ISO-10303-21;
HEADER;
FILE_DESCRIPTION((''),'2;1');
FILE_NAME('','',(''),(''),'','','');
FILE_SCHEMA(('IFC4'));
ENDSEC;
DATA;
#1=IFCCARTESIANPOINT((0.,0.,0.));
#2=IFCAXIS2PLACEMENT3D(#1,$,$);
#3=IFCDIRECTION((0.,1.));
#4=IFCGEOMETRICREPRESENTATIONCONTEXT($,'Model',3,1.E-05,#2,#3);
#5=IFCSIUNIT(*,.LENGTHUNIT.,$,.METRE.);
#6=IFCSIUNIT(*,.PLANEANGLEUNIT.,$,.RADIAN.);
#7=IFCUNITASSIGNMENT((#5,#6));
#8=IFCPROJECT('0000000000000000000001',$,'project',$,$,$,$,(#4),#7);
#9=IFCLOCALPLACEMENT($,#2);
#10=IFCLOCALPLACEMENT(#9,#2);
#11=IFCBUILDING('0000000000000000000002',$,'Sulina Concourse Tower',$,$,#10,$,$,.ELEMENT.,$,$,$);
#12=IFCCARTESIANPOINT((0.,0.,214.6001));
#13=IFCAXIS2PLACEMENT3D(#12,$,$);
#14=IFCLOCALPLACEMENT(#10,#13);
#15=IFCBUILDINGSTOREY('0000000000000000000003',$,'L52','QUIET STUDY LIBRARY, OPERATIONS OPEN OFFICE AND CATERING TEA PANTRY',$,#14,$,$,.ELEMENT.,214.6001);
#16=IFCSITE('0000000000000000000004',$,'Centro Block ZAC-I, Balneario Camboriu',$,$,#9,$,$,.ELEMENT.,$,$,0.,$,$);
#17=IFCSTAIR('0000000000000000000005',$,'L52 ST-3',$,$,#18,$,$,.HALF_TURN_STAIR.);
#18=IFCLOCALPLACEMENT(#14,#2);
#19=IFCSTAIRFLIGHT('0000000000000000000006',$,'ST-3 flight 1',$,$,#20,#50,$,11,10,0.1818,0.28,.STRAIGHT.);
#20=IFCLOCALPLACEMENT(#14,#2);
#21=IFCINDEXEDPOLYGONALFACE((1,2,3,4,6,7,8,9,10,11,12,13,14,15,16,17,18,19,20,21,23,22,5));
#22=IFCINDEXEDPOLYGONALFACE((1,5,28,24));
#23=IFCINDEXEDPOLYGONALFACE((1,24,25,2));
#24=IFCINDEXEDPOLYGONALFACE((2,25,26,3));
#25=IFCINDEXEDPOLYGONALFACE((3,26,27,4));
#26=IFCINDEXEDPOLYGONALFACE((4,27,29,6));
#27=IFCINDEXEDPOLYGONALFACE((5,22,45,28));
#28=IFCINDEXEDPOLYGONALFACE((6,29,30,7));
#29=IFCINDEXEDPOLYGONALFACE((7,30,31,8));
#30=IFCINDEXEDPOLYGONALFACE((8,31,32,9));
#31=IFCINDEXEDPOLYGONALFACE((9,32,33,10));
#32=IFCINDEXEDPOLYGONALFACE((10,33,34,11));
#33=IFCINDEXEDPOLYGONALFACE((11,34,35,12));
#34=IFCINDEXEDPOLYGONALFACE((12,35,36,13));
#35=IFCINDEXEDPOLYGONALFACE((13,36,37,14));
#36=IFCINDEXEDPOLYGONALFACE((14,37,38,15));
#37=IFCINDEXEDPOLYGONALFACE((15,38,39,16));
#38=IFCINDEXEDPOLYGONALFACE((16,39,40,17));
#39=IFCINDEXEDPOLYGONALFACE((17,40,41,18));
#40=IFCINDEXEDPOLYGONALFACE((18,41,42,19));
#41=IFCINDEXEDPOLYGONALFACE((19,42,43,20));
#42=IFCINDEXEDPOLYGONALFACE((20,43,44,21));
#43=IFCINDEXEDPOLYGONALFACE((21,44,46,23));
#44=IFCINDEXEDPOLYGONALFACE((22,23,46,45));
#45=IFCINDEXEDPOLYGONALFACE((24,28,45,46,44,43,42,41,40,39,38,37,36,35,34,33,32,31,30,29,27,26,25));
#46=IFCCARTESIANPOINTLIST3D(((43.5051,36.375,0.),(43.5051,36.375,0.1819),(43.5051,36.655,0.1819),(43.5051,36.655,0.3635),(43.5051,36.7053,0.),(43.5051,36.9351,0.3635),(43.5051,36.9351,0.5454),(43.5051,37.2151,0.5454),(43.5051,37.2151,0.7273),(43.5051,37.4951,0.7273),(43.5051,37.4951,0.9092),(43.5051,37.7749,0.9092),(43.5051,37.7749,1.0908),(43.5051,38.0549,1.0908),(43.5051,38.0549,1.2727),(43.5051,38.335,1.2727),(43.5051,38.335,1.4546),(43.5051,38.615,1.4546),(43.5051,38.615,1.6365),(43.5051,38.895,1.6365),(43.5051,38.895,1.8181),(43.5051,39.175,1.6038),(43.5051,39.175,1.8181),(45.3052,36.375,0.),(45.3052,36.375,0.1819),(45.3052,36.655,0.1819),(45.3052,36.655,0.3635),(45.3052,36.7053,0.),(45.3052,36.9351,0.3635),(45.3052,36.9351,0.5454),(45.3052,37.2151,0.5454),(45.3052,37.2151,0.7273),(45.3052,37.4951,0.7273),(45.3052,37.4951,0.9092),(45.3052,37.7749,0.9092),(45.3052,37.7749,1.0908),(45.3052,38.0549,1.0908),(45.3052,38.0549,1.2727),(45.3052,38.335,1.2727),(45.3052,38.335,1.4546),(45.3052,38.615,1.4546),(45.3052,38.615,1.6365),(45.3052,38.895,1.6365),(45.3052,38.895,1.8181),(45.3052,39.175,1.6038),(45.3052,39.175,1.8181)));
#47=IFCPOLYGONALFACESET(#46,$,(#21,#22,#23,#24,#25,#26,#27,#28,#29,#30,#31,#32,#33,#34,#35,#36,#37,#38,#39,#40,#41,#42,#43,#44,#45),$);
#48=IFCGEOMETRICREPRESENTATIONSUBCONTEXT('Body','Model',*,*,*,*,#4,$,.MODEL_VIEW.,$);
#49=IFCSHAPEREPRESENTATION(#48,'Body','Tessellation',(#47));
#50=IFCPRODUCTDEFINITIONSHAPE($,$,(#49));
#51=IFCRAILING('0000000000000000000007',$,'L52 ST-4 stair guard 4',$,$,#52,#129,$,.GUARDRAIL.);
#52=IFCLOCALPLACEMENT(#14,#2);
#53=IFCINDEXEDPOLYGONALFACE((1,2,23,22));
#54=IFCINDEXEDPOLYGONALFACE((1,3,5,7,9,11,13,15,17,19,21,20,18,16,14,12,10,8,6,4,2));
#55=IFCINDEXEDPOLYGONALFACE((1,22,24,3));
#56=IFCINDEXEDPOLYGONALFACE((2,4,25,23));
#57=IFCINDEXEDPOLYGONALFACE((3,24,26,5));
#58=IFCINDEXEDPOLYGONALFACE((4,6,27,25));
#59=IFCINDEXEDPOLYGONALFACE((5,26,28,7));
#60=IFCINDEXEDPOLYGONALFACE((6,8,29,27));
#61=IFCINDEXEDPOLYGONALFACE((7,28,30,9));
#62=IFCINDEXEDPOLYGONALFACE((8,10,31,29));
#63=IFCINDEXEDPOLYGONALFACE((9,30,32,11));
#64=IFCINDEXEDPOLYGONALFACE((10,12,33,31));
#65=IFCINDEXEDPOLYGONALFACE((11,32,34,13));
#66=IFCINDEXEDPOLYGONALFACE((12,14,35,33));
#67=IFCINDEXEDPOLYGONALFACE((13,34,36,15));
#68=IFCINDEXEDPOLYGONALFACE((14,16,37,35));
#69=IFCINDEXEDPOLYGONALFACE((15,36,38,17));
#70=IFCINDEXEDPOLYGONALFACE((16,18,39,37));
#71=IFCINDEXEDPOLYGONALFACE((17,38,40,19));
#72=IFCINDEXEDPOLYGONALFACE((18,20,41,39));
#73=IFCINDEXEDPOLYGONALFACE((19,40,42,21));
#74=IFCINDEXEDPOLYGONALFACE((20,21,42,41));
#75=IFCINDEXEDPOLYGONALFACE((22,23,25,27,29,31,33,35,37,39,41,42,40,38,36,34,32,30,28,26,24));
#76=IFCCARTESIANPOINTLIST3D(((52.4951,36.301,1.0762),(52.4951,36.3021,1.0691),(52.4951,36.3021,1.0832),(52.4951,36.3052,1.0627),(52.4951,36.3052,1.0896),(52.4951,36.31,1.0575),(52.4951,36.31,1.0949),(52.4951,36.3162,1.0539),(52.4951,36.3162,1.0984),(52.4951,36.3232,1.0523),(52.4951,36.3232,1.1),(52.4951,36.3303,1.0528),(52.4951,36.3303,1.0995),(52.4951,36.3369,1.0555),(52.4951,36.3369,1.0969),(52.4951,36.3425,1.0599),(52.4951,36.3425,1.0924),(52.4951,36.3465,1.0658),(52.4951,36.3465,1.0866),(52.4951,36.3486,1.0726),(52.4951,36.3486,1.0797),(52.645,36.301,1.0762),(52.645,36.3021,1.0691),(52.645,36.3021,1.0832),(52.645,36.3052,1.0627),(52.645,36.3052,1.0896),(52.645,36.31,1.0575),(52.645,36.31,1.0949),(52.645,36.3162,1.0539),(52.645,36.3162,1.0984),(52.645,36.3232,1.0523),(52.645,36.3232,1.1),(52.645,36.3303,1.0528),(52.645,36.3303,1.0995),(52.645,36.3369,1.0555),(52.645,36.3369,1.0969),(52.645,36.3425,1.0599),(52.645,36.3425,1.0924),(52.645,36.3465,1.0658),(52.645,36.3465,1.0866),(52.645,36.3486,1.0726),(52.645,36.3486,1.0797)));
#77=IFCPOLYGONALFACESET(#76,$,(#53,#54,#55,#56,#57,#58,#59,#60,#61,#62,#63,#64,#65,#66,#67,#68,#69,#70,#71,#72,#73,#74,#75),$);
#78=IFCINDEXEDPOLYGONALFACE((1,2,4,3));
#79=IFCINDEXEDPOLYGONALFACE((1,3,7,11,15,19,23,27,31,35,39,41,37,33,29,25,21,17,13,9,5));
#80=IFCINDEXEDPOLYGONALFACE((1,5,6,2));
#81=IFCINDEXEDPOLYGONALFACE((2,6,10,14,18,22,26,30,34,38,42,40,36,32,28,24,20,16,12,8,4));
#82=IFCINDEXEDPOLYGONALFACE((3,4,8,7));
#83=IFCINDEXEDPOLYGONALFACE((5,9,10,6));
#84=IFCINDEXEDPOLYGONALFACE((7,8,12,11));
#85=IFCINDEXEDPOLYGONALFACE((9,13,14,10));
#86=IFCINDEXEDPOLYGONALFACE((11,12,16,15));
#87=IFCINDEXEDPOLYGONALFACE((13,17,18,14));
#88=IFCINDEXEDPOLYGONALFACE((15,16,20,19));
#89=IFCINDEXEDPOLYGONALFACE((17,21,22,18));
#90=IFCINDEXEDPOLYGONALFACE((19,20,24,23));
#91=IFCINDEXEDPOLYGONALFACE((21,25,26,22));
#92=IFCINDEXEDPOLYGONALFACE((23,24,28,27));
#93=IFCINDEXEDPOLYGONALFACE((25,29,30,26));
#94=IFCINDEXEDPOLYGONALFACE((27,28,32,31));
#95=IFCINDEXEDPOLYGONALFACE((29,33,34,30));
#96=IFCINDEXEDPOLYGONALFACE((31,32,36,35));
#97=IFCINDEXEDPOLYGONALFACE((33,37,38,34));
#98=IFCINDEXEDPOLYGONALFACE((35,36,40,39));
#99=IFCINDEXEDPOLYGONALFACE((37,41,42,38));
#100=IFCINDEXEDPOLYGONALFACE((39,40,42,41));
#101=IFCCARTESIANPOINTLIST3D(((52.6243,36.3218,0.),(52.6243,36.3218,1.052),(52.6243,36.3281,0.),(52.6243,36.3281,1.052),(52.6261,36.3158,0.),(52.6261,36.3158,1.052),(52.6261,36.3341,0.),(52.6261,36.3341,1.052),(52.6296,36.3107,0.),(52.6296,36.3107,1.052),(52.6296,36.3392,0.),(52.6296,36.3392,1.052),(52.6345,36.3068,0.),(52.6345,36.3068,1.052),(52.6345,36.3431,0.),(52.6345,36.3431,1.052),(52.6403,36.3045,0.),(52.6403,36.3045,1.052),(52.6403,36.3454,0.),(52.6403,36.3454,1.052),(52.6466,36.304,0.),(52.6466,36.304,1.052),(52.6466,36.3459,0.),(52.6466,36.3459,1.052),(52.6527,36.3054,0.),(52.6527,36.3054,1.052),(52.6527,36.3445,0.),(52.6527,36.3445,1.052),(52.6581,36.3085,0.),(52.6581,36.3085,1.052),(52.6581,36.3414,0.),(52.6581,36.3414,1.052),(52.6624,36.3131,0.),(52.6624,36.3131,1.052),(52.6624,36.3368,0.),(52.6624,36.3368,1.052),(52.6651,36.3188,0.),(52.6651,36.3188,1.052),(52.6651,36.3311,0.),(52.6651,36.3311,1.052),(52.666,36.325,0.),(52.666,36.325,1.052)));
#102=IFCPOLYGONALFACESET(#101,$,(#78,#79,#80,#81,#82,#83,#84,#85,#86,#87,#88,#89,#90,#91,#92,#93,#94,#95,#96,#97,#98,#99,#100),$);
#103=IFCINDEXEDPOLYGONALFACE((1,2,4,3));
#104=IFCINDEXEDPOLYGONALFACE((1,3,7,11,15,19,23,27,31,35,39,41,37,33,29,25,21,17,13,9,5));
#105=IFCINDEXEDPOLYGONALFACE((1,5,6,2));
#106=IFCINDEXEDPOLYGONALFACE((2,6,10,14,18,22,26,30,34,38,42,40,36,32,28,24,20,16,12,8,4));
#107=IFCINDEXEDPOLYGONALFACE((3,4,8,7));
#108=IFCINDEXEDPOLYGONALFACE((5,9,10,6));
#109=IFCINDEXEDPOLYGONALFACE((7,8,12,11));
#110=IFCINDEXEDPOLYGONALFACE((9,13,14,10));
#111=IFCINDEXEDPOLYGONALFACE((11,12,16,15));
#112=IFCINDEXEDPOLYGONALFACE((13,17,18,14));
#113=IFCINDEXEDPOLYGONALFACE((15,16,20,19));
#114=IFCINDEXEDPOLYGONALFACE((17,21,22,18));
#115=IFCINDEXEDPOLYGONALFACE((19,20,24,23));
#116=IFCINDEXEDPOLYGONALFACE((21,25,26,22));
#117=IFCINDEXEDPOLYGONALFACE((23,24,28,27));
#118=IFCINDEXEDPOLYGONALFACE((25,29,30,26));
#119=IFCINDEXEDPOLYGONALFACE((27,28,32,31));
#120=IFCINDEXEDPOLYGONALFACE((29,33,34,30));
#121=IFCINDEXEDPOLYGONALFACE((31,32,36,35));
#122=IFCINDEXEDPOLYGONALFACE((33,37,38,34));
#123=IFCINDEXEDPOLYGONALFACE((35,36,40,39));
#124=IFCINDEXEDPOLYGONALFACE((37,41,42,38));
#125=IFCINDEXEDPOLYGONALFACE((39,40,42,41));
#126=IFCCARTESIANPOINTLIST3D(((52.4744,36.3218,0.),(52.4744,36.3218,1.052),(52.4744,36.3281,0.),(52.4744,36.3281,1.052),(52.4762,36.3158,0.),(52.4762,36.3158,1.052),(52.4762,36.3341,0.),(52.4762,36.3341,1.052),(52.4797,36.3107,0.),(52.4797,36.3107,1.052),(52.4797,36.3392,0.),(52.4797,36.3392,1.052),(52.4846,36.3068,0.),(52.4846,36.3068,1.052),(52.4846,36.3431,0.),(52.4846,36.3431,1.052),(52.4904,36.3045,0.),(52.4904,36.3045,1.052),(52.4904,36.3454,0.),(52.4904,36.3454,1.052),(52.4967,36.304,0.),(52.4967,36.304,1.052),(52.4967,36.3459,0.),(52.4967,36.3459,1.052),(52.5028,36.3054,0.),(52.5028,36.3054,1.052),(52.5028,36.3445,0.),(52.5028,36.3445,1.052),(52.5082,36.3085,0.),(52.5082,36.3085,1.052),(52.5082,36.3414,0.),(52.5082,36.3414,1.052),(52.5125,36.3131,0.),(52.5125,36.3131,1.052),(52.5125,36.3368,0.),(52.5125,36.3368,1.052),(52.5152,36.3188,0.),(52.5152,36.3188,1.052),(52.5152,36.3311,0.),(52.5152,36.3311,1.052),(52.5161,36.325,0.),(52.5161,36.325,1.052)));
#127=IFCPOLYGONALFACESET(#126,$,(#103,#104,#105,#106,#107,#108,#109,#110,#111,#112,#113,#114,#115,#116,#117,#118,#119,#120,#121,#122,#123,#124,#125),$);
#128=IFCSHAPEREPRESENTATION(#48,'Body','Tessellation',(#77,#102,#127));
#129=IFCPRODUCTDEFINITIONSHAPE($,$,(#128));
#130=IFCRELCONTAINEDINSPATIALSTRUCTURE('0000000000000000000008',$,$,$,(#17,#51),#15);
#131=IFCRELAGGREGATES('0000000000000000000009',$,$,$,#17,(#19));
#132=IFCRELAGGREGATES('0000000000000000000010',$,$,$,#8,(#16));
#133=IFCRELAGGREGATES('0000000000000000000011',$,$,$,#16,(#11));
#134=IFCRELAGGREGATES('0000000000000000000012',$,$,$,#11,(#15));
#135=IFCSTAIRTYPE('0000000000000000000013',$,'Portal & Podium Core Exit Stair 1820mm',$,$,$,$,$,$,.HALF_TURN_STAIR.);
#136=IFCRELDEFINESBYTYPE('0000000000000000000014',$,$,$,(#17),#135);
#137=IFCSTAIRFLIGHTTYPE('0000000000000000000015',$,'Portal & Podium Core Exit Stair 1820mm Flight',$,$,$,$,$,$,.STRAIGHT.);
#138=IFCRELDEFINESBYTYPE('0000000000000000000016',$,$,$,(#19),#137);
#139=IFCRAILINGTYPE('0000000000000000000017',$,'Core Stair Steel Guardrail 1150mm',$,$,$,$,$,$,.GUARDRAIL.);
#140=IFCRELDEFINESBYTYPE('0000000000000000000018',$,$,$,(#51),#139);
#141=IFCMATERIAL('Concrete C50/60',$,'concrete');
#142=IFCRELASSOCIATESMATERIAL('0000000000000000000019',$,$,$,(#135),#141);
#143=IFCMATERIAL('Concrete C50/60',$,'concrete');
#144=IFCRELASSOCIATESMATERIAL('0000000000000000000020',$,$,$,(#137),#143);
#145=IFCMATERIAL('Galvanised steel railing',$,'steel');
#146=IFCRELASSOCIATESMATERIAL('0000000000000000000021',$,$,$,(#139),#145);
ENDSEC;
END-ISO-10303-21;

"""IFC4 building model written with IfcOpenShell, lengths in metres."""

from ifc_helpers import new_model, si_unit, direction, frame, origin, origin_2d, place, context, subcontext, project, spatial, polyline, circle, outline, extrude, material, type_object, element, aggregate, save


model = new_model("IFC4")

# Units and contexts
model_context = context("Model", 3, precision=1e-05, world=origin(), true_north=direction((0.0, 1.0)))
body_context = subcontext(model_context, "Body", "Model", "MODEL_VIEW")
ifc_project = project(units=[si_unit("LENGTHUNIT", "METRE"), si_unit("PLANEANGLEUNIT", "RADIAN")], contexts=[model_context])

# Site, building, storey
site_placement = place(None, origin())
site = spatial("IfcSite", under=ifc_project, at=site_placement, Name="Centro Block ZAC-I, Balneario Camboriu", CompositionType="ELEMENT", RefElevation=0.0)
building_placement = place(site_placement, origin())
building = spatial("IfcBuilding", under=site, at=building_placement, Name="Sulina Concourse Tower", CompositionType="ELEMENT")
storey_placement = place(building_placement, frame((0.0, 0.0, 214.6001)))
storey = spatial("IfcBuildingStorey", under=building, at=storey_placement, Name="L52", Description="QUIET STUDY LIBRARY, OPERATIONS OPEN OFFICE AND CATERING TEA PANTRY", CompositionType="ELEMENT", Elevation=214.6001)

# Stair, stair flight
ifc_material_1 = material(Name="Concrete C50/60", Category="concrete")
stair_type = type_object("IfcStairType", Name="Portal & Podium Core Exit Stair 1820mm", PredefinedType="HALF_TURN_STAIR", material=ifc_material_1)
stair_placement = place(storey_placement, origin())
stair = element("IfcStair", 1, at=stair_placement, inside=storey, type_object=stair_type, Name="L52 ST-3", PredefinedType="HALF_TURN_STAIR")
ifc_material_2 = material(Name="Concrete C50/60", Category="concrete")
stair_flight_type = type_object("IfcStairFlightType", Name="Portal & Podium Core Exit Stair 1820mm Flight", PredefinedType="STRAIGHT", material=ifc_material_2)
stair_flight_placement = place(storey_placement, frame((44.405, 36.375, 0.0), z_axis=(0.0, 0.0, 1.0), x_axis=(0.0, 1.0, 0.0)))
stair_flight = element("IfcStairFlight", 2, at=stair_flight_placement, type_object=stair_flight_type, Name="ST-3 flight 1", NumberOfRisers=11, NumberOfTreads=10, PredefinedType="STRAIGHT", RiserHeight=0.1818, TreadLength=0.28, context=body_context, shape_type="SweptSolid", body=[
    extrude(outline(polyline([(0.0, 0.0), (0.0, 0.1819), (0.28, 0.1819), (0.28, 0.3635), (0.5601, 0.3635), (0.5601, 0.5454), (0.8401, 0.5454), (0.8401, 0.7273), (1.1201, 0.7273), (1.1201, 0.9092), (1.3999, 0.9092), (1.3999, 1.0908), (1.6799, 1.0908), (1.6799, 1.2727), (1.96, 1.2727), (1.96, 1.4546), (2.24, 1.4546), (2.24, 1.6365), (2.52, 1.6365), (2.52, 1.8181), (2.8, 1.8181), (2.8, 2.0), (2.8, 1.6038), (0.3303, 0.0), (0.0, 0.0)])), frame((0.0, 0.8999, 0.0), z_axis=(0.0, -1.0, 0.0), x_axis=(1.0, 0.0, 0.0)), (0.0, 0.0, 1.0), 1.8),
])
aggregate(stair, [stair_flight])

# Railing
ifc_material_3 = material(Name="Galvanised steel railing", Category="steel")
railing_type_1 = type_object("IfcRailingType", Name="Core Stair Steel Guardrail 1150mm", PredefinedType="GUARDRAIL", material=ifc_material_3)
railing_1_placement = place(storey_placement, frame((52.645, 36.325, 0.0)))
element("IfcRailing", 3, at=railing_1_placement, inside=storey, type_object=railing_type_1, Name="L52 ST-4 stair guard 4", PredefinedType="GUARDRAIL", context=body_context, shape_type="SweptSolid", body=[
    extrude(circle(Radius=0.0239, at=origin_2d()), frame((0.0, 0.0, 1.0762), z_axis=(-1.0, 0.0, 0.0), x_axis=(0.0, -1.0, 0.0)), (0.0, 0.0, 1.0), 0.1499),
    extrude(circle(Radius=0.021, at=origin_2d()), origin(), (0.0, 0.0, 1.0), 1.052),
    extrude(circle(Radius=0.021, at=origin_2d()), frame((-0.1499, 0.0, 0.0)), (0.0, 0.0, 1.0), 1.052),
])

save(model, "model.ifc")
